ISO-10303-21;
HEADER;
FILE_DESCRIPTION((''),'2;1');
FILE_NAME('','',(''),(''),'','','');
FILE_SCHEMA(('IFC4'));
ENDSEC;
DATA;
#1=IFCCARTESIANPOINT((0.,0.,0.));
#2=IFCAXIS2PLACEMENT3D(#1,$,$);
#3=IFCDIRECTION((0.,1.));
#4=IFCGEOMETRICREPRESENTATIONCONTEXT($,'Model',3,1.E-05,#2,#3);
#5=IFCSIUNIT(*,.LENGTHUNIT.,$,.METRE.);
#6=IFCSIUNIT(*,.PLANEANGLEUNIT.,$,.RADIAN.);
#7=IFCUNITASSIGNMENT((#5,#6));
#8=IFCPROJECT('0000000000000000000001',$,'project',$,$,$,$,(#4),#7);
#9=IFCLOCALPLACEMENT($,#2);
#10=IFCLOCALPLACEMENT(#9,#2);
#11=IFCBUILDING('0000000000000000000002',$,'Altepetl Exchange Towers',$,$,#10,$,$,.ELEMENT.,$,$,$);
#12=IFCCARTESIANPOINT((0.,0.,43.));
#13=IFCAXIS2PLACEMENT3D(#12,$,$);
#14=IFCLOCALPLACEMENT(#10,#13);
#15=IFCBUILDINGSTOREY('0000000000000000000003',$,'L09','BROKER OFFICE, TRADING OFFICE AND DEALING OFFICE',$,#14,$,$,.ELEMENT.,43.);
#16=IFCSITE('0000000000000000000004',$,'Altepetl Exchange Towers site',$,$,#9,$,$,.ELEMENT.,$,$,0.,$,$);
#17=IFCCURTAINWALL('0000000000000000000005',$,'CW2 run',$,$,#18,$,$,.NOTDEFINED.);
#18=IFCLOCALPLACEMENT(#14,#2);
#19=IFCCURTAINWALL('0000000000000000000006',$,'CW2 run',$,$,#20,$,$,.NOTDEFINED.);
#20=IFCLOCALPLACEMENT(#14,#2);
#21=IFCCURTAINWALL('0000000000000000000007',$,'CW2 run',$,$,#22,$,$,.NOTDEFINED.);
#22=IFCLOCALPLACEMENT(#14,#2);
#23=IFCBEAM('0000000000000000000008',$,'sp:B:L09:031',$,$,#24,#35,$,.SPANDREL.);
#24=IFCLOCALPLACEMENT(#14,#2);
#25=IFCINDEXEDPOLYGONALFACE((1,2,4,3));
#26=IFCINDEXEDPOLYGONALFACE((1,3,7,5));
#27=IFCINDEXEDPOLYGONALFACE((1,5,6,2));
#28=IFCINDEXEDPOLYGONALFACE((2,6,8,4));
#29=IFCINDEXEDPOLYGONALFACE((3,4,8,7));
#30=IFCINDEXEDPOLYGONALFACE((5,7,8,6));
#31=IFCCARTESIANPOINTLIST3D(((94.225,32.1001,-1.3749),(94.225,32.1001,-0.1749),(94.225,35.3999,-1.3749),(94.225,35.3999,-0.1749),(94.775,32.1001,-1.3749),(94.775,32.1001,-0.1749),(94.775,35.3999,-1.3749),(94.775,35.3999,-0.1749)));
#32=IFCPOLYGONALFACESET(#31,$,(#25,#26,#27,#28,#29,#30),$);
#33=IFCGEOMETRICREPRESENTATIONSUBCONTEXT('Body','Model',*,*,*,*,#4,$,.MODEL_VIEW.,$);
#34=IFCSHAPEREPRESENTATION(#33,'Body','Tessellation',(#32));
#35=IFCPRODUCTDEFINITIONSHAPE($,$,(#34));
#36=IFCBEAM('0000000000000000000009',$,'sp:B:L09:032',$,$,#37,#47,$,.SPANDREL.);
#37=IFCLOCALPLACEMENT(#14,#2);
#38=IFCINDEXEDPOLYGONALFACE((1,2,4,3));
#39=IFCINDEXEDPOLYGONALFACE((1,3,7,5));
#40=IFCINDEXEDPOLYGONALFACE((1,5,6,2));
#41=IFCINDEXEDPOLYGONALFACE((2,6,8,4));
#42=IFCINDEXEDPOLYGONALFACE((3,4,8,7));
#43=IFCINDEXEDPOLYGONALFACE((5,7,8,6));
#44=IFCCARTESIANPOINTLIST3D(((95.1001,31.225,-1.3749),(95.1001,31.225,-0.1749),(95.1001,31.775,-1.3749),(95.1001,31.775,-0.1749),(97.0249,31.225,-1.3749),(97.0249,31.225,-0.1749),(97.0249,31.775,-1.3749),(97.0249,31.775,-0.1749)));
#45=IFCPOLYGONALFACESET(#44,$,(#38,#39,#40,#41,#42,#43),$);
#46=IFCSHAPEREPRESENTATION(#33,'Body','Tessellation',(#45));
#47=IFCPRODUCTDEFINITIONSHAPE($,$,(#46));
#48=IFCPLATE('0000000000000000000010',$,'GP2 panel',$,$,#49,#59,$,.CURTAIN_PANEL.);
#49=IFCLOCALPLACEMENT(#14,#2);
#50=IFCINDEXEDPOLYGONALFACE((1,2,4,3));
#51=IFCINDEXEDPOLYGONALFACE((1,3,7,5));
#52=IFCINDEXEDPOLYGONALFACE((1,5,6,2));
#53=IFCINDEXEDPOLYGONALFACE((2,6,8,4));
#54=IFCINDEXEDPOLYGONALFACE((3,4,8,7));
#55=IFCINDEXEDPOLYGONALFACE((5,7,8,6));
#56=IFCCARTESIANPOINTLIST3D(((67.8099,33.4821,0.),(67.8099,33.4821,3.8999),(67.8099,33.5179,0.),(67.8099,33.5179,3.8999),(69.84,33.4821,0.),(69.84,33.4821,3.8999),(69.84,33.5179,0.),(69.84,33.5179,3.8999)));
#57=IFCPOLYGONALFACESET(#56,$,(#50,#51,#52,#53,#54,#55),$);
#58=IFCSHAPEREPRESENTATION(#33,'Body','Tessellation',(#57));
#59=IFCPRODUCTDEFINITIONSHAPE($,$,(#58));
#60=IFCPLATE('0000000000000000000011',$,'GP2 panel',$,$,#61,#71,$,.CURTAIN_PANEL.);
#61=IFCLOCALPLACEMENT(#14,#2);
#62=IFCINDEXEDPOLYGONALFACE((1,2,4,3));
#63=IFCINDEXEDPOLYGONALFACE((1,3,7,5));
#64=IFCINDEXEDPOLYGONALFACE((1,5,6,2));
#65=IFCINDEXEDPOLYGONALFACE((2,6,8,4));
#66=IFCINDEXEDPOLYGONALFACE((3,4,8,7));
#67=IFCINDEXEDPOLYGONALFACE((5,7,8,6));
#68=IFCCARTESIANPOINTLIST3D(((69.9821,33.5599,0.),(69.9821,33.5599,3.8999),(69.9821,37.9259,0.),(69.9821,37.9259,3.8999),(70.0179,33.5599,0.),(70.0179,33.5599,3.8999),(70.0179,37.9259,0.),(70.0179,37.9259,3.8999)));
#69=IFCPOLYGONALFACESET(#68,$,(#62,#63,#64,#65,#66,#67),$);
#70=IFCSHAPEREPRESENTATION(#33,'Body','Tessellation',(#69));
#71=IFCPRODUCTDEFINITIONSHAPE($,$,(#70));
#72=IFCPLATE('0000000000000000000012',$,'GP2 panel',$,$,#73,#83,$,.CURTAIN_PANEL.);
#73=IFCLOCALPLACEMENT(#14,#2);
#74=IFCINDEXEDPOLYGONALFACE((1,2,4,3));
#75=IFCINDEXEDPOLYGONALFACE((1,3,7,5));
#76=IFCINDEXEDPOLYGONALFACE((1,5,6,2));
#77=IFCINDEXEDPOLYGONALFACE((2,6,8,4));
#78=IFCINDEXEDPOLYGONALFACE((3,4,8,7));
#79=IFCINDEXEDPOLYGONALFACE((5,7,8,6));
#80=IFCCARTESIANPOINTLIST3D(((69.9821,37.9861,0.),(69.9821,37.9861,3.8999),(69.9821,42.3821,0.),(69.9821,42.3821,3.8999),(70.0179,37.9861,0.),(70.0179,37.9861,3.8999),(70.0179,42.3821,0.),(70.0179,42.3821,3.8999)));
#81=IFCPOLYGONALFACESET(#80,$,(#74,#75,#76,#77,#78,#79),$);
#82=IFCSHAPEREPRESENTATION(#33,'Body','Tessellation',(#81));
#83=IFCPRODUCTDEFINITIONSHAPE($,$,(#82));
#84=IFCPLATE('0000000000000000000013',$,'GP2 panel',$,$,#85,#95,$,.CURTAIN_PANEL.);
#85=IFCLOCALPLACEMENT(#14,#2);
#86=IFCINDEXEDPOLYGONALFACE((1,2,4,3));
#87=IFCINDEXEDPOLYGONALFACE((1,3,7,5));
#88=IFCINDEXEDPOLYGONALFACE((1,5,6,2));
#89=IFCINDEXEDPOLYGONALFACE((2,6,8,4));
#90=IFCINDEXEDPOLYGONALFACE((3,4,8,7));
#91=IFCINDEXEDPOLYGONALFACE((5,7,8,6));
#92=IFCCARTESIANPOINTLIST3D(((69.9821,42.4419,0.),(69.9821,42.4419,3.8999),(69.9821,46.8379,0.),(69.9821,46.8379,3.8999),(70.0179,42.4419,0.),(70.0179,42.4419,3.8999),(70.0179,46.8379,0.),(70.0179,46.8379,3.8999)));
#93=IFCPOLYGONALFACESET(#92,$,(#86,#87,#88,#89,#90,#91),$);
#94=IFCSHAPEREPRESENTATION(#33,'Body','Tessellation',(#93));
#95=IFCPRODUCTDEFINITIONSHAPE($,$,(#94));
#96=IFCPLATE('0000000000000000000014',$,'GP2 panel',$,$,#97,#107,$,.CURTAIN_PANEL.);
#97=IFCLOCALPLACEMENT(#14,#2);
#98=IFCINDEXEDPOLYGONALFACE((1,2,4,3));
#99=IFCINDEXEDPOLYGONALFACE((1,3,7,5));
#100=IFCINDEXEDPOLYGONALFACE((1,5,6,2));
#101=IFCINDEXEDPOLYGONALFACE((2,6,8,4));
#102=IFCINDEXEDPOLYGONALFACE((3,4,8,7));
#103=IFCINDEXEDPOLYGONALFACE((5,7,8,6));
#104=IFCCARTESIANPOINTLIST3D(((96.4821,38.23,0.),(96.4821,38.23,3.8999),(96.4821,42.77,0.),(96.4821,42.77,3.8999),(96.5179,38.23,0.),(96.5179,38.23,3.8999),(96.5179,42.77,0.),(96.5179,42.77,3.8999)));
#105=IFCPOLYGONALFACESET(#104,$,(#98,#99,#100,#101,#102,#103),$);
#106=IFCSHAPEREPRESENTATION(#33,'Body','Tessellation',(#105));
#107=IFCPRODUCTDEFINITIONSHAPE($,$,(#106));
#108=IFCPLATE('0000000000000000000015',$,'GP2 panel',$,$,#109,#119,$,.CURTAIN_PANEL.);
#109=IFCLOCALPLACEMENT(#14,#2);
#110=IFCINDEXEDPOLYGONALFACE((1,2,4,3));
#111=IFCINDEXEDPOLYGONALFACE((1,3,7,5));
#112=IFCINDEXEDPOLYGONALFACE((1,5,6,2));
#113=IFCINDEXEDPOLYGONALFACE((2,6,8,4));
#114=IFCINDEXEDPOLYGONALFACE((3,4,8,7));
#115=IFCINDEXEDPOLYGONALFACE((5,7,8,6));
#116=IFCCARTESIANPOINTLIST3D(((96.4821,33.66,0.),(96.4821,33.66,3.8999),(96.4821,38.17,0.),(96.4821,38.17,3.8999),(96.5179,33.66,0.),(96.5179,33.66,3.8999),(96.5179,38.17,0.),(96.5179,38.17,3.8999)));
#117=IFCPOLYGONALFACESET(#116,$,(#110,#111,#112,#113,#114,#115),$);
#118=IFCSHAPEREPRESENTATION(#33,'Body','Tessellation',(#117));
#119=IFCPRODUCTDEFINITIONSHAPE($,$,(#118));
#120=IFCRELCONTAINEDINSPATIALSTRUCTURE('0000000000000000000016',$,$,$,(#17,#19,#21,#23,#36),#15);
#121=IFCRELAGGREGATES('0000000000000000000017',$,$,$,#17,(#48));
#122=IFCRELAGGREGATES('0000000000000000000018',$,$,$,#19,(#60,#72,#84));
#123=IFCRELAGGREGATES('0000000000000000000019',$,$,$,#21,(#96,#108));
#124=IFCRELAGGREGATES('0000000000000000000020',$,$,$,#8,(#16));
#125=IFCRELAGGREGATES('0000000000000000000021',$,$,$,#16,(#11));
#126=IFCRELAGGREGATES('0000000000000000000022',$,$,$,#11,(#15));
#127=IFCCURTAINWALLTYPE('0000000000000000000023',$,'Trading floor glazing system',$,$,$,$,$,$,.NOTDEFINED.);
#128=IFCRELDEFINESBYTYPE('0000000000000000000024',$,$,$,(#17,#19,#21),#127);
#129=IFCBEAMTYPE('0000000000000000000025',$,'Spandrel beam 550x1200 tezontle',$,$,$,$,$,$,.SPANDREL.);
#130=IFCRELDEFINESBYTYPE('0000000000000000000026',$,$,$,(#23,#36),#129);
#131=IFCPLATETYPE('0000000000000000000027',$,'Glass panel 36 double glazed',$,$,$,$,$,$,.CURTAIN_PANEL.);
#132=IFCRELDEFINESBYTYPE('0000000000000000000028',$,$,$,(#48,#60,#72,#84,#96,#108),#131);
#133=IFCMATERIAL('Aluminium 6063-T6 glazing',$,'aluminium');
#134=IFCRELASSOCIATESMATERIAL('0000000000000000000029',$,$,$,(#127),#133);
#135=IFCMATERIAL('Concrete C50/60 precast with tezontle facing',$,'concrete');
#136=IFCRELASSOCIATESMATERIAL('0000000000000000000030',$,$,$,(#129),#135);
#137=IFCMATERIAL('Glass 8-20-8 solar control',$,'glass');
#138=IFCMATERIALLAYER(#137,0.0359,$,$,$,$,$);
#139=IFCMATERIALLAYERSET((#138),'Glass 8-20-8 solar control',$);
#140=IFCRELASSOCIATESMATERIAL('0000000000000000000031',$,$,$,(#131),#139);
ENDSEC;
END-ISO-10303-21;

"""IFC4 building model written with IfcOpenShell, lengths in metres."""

from ifc_helpers import new_model, si_unit, direction, frame, origin, origin_2d, place, context, subcontext, project, spatial, rectangle, extrude, material, layer, layer_set, material_profile, profile_set, type_object, element, aggregate, save


model = new_model("IFC4")

# Units and contexts
model_context = context("Model", 3, precision=1e-05, world=origin(), true_north=direction((0.0, 1.0)))
body_context = subcontext(model_context, "Body", "Model", "MODEL_VIEW")
ifc_project = project(units=[si_unit("LENGTHUNIT", "METRE"), si_unit("PLANEANGLEUNIT", "RADIAN")], contexts=[model_context])

# Site, building, storey
site_placement = place(None, origin())
site = spatial("IfcSite", under=ifc_project, at=site_placement, Name="Altepetl Exchange Towers site", CompositionType="ELEMENT", RefElevation=0.0)
building_placement = place(site_placement, origin())
building = spatial("IfcBuilding", under=site, at=building_placement, Name="Altepetl Exchange Towers", CompositionType="ELEMENT")
storey_placement = place(building_placement, frame((0.0, 0.0, 43.0)))
storey = spatial("IfcBuildingStorey", under=building, at=storey_placement, Name="L09", Description="BROKER OFFICE, TRADING OFFICE AND DEALING OFFICE", CompositionType="ELEMENT", Elevation=43.0)

# Curtain walls
ifc_material_1 = material(Name="Aluminium 6063-T6 glazing", Category="aluminium")
curtain_wall_type = type_object("IfcCurtainWallType", Name="Trading floor glazing system", PredefinedType="NOTDEFINED", material=ifc_material_1)
curtain_wall_1_placement = place(storey_placement, origin())
curtain_wall_1 = element("IfcCurtainWall", 1, at=curtain_wall_1_placement, inside=storey, type_object=curtain_wall_type, Name="CW2 run", PredefinedType="NOTDEFINED")
curtain_wall_2_placement = place(storey_placement, origin())
curtain_wall_2 = element("IfcCurtainWall", 2, at=curtain_wall_2_placement, inside=storey, type_object=curtain_wall_type, Name="CW2 run", PredefinedType="NOTDEFINED")
curtain_wall_3_placement = place(storey_placement, origin())
curtain_wall_3 = element("IfcCurtainWall", 3, at=curtain_wall_3_placement, inside=storey, type_object=curtain_wall_type, Name="CW2 run", PredefinedType="NOTDEFINED")

# Beams
ifc_material_2 = material(Name="Concrete C50/60 precast with tezontle facing", Category="concrete")
ifc_material_profile_1 = material_profile(ifc_material_2, rectangle(XDim=0.55, YDim=1.2, at=origin_2d()), Name="550 x 1200")
ifc_profile_set_1 = profile_set([ifc_material_profile_1], Name="Concrete C50/60 precast with tezontle facing")
beam_type_1 = type_object("IfcBeamType", Name="Spandrel beam 550x1200 tezontle", PredefinedType="SPANDREL", material=ifc_profile_set_1)
beam_1_placement = place(storey_placement, frame((94.5, 35.3999, -0.7749), z_axis=(0.0, -1.0, 0.0), x_axis=(1.0, 0.0, 0.0)))
element("IfcBeam", 4, at=beam_1_placement, inside=storey, type_object=beam_type_1, Name="sp:B:L09:031", PredefinedType="SPANDREL", context=body_context, shape_type="SweptSolid", body=[
    extrude(rectangle(XDim=0.55, YDim=1.2, at=origin_2d()), origin(), (0.0, 0.0, 1.0), 3.2998),
])
beam_2_placement = place(storey_placement, frame((95.1001, 31.5, -0.7749), z_axis=(1.0, 0.0, 0.0), x_axis=(0.0, 1.0, 0.0)))
element("IfcBeam", 5, at=beam_2_placement, inside=storey, type_object=beam_type_1, Name="sp:B:L09:032", PredefinedType="SPANDREL", context=body_context, shape_type="SweptSolid", body=[
    extrude(rectangle(XDim=0.55, YDim=1.2, at=origin_2d()), origin(), (0.0, 0.0, 1.0), 1.9248),
])

# Plates
ifc_material_3 = material(Name="Glass 8-20-8 solar control", Category="glass")
ifc_layer = layer(ifc_material_3, 0.0359)
ifc_layer_set = layer_set([ifc_layer], Name="Glass 8-20-8 solar control")
plate_type = type_object("IfcPlateType", Name="Glass panel 36 double glazed", PredefinedType="CURTAIN_PANEL", material=ifc_layer_set)
plate_1_placement = place(storey_placement, frame((68.825, 33.5, 0.0)))
plate_1 = element("IfcPlate", 6, at=plate_1_placement, type_object=plate_type, Name="GP2 panel", PredefinedType="CURTAIN_PANEL", context=body_context, shape_type="SweptSolid", body=[
    extrude(rectangle(XDim=2.03, YDim=0.0359, at=origin_2d()), origin(), (0.0, 0.0, 1.0), 3.8999),
])
aggregate(curtain_wall_1, [plate_1])
plate_2_placement = place(storey_placement, frame((70.0, 35.7429, 0.0), z_axis=(0.0, 0.0, 1.0), x_axis=(0.0, 1.0, 0.0)))
plate_2 = element("IfcPlate", 7, at=plate_2_placement, type_object=plate_type, Name="GP2 panel", PredefinedType="CURTAIN_PANEL", context=body_context, shape_type="SweptSolid", body=[
    extrude(rectangle(XDim=4.366, YDim=0.0359, at=origin_2d()), origin(), (0.0, 0.0, 1.0), 3.8999),
])
plate_3_placement = place(storey_placement, frame((70.0, 40.1841, 0.0), z_axis=(0.0, 0.0, 1.0), x_axis=(0.0, 1.0, 0.0)))
plate_3 = element("IfcPlate", 8, at=plate_3_placement, type_object=plate_type, Name="GP2 panel", PredefinedType="CURTAIN_PANEL", context=body_context, shape_type="SweptSolid", body=[
    extrude(rectangle(XDim=4.396, YDim=0.0359, at=origin_2d()), origin(), (0.0, 0.0, 1.0), 3.8999),
])
plate_4_placement = place(storey_placement, frame((70.0, 44.6399, 0.0), z_axis=(0.0, 0.0, 1.0), x_axis=(0.0, 1.0, 0.0)))
plate_4 = element("IfcPlate", 9, at=plate_4_placement, type_object=plate_type, Name="GP2 panel", PredefinedType="CURTAIN_PANEL", context=body_context, shape_type="SweptSolid", body=[
    extrude(rectangle(XDim=4.396, YDim=0.0359, at=origin_2d()), origin(), (0.0, 0.0, 1.0), 3.8999),
])
aggregate(curtain_wall_2, [plate_2, plate_3, plate_4])
plate_5_placement = place(storey_placement, frame((96.5, 40.5, 0.0), z_axis=(0.0, 0.0, 1.0), x_axis=(0.0, -1.0, 0.0)))
plate_5 = element("IfcPlate", 10, at=plate_5_placement, type_object=plate_type, Name="GP2 panel", PredefinedType="CURTAIN_PANEL", context=body_context, shape_type="SweptSolid", body=[
    extrude(rectangle(XDim=4.54, YDim=0.0359, at=origin_2d()), origin(), (0.0, 0.0, 1.0), 3.8999),
])
plate_6_placement = place(storey_placement, frame((96.5, 35.915, 0.0), z_axis=(0.0, 0.0, 1.0), x_axis=(0.0, -1.0, 0.0)))
plate_6 = element("IfcPlate", 11, at=plate_6_placement, type_object=plate_type, Name="GP2 panel", PredefinedType="CURTAIN_PANEL", context=body_context, shape_type="SweptSolid", body=[
    extrude(rectangle(XDim=4.51, YDim=0.0359, at=origin_2d()), origin(), (0.0, 0.0, 1.0), 3.8999),
])
aggregate(curtain_wall_3, [plate_5, plate_6])

save(model, "model.ifc")
